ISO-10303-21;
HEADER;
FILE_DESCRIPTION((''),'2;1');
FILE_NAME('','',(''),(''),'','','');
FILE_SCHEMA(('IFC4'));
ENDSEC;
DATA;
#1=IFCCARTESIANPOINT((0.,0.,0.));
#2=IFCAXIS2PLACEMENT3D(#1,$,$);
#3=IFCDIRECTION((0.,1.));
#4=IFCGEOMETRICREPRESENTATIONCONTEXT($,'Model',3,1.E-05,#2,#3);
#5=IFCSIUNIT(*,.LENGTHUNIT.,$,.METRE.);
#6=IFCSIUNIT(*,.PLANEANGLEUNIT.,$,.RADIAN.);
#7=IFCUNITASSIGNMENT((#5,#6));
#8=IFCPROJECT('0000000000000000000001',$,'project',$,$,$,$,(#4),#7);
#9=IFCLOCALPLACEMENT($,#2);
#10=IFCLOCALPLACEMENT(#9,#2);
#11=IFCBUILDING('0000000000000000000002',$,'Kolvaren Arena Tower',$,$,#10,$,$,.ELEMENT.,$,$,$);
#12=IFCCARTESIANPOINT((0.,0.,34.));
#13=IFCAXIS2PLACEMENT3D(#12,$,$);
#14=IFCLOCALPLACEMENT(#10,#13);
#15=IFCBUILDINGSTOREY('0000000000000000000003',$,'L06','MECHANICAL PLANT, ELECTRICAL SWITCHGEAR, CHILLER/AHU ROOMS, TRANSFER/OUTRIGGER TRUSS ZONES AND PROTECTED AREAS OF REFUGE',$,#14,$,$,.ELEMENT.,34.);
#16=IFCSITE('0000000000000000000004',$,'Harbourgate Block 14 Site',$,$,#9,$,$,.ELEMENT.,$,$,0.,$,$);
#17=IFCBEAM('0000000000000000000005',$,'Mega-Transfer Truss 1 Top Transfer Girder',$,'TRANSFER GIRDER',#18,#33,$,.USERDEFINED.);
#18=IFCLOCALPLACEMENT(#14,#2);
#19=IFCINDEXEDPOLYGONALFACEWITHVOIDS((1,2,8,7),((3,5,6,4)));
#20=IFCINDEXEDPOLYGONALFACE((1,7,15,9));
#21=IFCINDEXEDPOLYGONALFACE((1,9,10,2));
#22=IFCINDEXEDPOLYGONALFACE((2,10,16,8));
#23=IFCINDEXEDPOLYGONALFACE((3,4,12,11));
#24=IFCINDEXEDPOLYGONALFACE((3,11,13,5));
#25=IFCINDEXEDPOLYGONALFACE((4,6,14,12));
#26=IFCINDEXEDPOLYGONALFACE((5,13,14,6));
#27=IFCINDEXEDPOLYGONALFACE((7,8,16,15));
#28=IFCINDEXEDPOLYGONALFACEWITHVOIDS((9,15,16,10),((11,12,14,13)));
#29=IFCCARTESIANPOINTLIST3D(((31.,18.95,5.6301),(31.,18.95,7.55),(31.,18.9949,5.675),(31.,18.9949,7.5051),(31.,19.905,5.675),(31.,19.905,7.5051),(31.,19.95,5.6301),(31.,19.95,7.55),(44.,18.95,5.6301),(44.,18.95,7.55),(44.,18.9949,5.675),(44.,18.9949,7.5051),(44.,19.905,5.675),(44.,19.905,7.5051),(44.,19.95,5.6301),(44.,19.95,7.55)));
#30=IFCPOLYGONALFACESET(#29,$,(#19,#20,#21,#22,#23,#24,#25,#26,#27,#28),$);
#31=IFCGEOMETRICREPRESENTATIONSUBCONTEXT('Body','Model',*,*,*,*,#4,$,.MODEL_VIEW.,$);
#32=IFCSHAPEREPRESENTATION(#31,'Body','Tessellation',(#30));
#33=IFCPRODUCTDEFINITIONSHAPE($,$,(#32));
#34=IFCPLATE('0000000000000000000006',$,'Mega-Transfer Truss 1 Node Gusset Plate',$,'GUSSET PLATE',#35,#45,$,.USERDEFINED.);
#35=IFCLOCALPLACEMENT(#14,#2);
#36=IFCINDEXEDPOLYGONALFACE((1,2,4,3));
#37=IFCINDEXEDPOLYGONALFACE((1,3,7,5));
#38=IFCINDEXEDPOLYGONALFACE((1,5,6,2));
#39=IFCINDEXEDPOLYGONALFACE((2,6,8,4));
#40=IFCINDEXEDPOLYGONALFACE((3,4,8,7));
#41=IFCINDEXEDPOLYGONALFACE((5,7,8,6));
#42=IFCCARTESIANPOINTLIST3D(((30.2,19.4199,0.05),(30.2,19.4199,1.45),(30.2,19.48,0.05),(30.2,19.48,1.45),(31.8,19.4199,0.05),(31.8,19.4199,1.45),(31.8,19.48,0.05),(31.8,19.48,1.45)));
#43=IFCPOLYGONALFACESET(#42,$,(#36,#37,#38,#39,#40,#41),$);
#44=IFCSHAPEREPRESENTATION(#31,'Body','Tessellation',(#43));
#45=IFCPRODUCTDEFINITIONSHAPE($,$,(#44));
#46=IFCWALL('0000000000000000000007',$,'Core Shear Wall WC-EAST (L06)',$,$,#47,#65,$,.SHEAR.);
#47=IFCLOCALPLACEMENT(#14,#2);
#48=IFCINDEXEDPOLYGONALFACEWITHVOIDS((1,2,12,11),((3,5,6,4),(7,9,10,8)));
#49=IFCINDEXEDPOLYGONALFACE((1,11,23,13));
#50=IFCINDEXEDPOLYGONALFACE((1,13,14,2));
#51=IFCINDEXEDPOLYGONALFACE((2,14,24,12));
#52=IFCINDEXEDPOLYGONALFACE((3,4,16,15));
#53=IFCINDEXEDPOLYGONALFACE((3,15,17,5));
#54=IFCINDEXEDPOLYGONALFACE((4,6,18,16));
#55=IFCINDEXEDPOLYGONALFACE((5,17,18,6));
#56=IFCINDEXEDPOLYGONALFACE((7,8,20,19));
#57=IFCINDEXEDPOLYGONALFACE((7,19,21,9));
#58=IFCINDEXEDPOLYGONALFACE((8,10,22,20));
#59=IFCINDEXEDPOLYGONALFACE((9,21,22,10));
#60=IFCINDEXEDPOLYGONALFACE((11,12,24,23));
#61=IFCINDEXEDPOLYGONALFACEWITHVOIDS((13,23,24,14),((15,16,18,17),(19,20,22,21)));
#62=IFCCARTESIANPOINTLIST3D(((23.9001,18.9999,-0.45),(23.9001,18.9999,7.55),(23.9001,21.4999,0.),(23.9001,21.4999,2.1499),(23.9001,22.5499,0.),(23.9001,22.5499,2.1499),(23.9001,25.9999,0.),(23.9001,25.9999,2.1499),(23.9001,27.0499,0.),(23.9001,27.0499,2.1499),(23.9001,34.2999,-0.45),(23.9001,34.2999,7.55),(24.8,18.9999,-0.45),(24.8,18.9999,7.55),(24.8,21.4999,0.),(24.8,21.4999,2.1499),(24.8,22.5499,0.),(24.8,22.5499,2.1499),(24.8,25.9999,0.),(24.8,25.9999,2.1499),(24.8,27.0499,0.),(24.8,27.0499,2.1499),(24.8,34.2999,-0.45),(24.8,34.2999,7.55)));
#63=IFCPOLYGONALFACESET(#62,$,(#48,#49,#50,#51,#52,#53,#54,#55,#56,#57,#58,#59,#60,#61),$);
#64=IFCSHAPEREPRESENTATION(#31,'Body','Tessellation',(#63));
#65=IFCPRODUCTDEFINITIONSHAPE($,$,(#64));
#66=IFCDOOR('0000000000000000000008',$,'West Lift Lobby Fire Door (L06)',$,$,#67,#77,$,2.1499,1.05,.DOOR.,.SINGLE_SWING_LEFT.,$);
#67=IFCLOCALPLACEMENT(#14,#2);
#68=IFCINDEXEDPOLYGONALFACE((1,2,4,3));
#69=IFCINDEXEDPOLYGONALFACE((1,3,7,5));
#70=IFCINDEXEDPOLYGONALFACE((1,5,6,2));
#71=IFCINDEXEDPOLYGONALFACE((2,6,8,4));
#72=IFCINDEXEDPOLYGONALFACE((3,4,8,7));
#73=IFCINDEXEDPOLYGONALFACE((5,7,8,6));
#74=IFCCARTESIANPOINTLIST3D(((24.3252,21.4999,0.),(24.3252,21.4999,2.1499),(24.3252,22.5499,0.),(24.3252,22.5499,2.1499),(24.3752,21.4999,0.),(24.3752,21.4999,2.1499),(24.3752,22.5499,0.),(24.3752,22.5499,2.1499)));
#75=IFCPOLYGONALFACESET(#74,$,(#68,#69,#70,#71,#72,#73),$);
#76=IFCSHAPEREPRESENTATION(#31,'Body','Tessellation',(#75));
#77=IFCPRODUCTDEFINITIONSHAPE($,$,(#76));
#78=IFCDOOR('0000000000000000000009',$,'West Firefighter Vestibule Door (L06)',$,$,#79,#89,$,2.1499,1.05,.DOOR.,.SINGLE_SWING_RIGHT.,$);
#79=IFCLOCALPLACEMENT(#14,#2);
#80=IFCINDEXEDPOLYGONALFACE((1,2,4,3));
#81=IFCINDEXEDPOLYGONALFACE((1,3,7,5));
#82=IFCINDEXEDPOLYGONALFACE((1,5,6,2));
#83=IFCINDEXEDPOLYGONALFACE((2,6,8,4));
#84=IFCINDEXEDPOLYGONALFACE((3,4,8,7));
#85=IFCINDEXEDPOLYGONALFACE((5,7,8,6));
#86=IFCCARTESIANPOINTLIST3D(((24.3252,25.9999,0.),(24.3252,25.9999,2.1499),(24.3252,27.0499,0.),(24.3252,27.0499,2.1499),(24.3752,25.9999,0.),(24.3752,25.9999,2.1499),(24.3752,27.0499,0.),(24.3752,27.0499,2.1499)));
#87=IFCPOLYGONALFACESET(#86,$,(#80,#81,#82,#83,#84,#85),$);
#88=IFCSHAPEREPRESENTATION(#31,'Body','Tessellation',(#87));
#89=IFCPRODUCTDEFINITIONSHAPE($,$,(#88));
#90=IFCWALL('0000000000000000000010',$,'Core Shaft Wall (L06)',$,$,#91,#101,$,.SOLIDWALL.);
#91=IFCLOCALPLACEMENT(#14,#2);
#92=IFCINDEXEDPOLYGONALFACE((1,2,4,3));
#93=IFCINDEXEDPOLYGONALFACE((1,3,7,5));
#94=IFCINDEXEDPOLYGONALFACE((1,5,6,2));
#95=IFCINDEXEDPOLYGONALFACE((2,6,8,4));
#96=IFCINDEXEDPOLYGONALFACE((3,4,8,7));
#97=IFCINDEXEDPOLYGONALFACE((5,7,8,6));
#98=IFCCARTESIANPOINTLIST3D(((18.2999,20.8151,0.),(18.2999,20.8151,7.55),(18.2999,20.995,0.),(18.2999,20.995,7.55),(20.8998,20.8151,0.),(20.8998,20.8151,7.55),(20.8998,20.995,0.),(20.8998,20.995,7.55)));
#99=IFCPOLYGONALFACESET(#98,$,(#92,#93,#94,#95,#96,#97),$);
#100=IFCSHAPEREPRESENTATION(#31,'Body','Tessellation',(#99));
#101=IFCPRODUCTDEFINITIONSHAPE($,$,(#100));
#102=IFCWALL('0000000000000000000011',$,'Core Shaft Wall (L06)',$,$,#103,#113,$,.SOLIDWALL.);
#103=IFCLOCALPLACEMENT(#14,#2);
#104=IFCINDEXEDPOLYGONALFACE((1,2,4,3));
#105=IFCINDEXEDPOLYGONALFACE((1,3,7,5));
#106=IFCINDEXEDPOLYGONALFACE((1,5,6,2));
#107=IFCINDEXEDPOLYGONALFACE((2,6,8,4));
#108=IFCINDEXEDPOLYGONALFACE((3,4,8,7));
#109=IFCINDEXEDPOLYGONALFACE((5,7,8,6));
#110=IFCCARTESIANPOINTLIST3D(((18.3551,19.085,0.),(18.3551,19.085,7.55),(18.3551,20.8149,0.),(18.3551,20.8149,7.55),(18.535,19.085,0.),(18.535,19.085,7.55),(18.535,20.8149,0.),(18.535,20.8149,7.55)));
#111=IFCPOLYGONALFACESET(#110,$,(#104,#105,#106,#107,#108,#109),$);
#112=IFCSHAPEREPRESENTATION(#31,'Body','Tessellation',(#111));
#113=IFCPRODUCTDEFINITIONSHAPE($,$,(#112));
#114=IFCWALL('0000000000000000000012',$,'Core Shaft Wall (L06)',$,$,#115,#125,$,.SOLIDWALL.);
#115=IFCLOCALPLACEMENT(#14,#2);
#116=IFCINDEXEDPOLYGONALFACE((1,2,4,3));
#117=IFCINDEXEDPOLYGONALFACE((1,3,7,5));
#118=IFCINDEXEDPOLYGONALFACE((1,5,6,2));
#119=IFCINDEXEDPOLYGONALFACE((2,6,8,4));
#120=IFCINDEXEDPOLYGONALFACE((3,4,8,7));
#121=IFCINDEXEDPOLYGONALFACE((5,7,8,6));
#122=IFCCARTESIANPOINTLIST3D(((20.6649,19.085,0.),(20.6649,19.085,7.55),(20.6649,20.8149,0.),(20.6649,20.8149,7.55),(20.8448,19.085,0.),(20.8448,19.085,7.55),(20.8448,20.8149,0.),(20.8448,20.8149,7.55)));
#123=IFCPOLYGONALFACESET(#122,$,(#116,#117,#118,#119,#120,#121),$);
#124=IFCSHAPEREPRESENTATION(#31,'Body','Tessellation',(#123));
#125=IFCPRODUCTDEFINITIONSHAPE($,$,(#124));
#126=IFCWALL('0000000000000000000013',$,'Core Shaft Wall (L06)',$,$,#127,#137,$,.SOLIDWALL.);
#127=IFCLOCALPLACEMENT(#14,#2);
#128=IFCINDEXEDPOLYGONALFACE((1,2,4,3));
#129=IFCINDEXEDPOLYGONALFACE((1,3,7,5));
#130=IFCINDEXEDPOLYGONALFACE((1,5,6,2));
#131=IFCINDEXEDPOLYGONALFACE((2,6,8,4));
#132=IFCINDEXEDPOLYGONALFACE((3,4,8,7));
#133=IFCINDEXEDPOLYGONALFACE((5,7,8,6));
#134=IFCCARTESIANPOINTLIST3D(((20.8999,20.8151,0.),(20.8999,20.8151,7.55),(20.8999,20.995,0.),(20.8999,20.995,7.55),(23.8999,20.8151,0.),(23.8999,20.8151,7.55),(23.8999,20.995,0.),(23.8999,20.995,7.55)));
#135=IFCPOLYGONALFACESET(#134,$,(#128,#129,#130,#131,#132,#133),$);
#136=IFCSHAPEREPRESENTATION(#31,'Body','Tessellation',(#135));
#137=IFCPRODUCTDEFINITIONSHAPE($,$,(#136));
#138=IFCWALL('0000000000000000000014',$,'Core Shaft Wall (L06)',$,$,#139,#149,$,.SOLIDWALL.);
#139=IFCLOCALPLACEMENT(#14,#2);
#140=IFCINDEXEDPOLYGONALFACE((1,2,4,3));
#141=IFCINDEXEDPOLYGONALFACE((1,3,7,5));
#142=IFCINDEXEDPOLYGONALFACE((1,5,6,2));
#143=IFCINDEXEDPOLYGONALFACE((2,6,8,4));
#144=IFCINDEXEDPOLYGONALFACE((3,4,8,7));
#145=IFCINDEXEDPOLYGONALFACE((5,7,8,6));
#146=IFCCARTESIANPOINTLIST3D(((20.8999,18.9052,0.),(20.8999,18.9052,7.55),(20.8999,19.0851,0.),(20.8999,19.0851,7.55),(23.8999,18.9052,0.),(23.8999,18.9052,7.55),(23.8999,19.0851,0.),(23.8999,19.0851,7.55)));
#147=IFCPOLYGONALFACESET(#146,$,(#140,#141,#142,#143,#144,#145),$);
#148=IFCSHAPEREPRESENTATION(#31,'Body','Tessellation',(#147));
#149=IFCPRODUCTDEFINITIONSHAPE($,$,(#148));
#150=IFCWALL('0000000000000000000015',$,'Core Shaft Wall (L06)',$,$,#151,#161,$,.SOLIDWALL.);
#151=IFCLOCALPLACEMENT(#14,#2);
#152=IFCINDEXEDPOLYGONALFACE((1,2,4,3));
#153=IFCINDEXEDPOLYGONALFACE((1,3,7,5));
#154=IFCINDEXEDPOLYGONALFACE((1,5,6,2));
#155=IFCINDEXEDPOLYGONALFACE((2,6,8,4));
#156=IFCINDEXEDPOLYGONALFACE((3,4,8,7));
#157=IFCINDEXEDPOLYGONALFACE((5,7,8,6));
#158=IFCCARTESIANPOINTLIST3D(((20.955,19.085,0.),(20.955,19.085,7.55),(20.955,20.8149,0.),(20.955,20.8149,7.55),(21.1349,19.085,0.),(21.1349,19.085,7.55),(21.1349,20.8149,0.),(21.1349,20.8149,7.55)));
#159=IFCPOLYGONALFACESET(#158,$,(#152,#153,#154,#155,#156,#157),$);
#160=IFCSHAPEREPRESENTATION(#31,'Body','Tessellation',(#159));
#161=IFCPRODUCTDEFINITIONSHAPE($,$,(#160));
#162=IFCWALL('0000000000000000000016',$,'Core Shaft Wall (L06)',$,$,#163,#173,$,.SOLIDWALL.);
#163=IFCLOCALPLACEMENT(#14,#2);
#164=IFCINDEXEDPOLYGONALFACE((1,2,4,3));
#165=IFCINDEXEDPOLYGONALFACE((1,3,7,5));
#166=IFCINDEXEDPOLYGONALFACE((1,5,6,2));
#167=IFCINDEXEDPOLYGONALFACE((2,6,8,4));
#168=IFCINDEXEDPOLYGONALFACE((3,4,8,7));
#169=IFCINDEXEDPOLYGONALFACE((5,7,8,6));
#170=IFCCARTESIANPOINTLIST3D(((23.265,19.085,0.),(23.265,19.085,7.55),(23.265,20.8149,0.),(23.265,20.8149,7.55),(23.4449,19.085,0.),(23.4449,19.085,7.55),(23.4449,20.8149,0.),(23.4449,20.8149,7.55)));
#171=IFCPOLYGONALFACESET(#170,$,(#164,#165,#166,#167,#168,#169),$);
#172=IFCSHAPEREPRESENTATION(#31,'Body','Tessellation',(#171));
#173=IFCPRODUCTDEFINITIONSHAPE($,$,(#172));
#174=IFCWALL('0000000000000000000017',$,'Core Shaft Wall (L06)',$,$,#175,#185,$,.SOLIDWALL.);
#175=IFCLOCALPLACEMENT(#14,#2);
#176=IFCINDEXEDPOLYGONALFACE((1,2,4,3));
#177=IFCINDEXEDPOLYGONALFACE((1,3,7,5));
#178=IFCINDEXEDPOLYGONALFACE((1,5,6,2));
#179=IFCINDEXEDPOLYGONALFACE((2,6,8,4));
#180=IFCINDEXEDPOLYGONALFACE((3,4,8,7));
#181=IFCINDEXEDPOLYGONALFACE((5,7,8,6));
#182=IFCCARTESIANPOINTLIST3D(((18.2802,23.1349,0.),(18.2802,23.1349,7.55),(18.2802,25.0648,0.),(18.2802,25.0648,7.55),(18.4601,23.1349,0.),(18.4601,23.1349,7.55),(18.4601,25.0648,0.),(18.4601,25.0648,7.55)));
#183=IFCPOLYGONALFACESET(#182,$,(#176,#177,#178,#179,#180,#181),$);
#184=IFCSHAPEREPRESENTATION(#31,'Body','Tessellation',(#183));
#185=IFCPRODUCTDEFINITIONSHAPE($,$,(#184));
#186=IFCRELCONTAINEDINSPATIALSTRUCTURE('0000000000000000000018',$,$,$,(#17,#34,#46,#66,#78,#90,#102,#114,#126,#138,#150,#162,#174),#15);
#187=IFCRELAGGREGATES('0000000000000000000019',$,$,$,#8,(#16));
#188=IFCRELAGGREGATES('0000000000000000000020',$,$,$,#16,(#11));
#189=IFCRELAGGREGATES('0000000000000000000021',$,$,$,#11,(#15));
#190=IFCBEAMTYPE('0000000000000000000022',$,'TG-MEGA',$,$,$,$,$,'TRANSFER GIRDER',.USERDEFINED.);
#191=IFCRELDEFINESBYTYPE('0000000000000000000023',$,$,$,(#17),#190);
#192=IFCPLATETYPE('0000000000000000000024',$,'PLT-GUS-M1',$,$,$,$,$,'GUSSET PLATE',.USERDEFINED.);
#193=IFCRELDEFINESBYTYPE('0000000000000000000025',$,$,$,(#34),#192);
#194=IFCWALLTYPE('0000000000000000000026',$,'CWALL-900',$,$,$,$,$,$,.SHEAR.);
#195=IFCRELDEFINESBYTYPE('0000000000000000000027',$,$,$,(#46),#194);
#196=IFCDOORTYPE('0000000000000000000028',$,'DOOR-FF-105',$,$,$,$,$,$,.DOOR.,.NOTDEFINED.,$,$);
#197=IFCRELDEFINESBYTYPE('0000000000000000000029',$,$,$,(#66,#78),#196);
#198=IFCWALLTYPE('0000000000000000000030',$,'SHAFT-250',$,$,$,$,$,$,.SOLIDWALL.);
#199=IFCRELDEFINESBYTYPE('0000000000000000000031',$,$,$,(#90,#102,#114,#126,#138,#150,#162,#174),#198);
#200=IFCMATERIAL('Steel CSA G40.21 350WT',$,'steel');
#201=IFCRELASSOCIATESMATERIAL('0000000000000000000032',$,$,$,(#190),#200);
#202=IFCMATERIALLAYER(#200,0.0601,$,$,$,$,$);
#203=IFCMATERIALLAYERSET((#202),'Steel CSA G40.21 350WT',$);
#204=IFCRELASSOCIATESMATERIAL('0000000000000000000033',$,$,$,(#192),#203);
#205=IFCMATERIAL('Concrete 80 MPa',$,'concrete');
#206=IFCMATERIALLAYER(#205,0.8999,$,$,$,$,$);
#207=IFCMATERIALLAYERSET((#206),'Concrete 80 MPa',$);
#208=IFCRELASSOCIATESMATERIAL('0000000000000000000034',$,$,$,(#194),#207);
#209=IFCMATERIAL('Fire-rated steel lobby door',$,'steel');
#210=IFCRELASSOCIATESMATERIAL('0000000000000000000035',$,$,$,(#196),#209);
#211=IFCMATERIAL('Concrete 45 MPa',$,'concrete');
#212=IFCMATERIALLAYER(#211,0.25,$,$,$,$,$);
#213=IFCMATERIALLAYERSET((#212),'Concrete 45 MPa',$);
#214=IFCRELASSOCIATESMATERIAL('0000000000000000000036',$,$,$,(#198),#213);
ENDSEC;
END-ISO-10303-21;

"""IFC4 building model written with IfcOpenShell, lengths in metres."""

from ifc_helpers import new_model, si_unit, direction, frame, frame_2d, origin, origin_2d, place, context, subcontext, project, spatial, rectangle, hollow_rectangle, extrude, material, layer, layer_set, material_profile, profile_set, type_object, element, fill, save


model = new_model("IFC4")

# Units and contexts
model_context = context("Model", 3, precision=1e-05, world=origin(), true_north=direction((0.0, 1.0)))
body_context = subcontext(model_context, "Body", "Model", "MODEL_VIEW")
ifc_project = project(units=[si_unit("LENGTHUNIT", "METRE"), si_unit("PLANEANGLEUNIT", "RADIAN")], contexts=[model_context])

# Site, building, storey
site_placement = place(None, origin())
site = spatial("IfcSite", under=ifc_project, at=site_placement, Name="Harbourgate Block 14 Site", CompositionType="ELEMENT", RefElevation=0.0)
building_placement = place(site_placement, origin())
building = spatial("IfcBuilding", under=site, at=building_placement, Name="Kolvaren Arena Tower", CompositionType="ELEMENT")
storey_placement = place(building_placement, frame((0.0, 0.0, 34.0)))
storey = spatial("IfcBuildingStorey", under=building, at=storey_placement, Name="L06", Description="MECHANICAL PLANT, ELECTRICAL SWITCHGEAR, CHILLER/AHU ROOMS, TRANSFER/OUTRIGGER TRUSS ZONES AND PROTECTED AREAS OF REFUGE", CompositionType="ELEMENT", Elevation=34.0)

# Shared definitions
ifc_material_1 = material(Name="Concrete 80 MPa", Category="concrete")

# Beam
ifc_material_2 = material(Name="Steel CSA G40.21 350WT", Category="steel")
ifc_material_profile_1 = material_profile(ifc_material_2, hollow_rectangle(XDim=1.0, YDim=1.9199, WallThickness=0.0449, at=origin_2d()), Name="BOX 1000x1920x45")
ifc_profile_set_1 = profile_set([ifc_material_profile_1], Name="Steel CSA G40.21 350WT")
beam_type_1 = type_object("IfcBeamType", Name="TG-MEGA", ElementType="TRANSFER GIRDER", PredefinedType="USERDEFINED", material=ifc_profile_set_1)
beam_1_placement = place(storey_placement, frame((31.0, 19.45, 6.5901), z_axis=(1.0, 0.0, 0.0), x_axis=(0.0, 1.0, 0.0)))
element("IfcBeam", 1, at=beam_1_placement, inside=storey, type_object=beam_type_1, Name="Mega-Transfer Truss 1 Top Transfer Girder", ObjectType="TRANSFER GIRDER", PredefinedType="USERDEFINED", context=body_context, shape_type="SweptSolid", body=[
    extrude(hollow_rectangle(XDim=1.0, YDim=1.9199, WallThickness=0.0449, at=origin_2d()), origin(), (0.0, 0.0, 1.0), 13.0),
])

# Plate
ifc_layer_1 = layer(ifc_material_2, 0.0601)
ifc_layer_set_1 = layer_set([ifc_layer_1], Name="Steel CSA G40.21 350WT")
plate_type = type_object("IfcPlateType", Name="PLT-GUS-M1", ElementType="GUSSET PLATE", PredefinedType="USERDEFINED", material=ifc_layer_set_1)
plate_placement = place(storey_placement, frame((31.0, 19.45, 0.05), z_axis=(0.0, 0.0, 1.0), x_axis=(1.0, 0.0, 0.0)))
element("IfcPlate", 2, at=plate_placement, inside=storey, type_object=plate_type, Name="Mega-Transfer Truss 1 Node Gusset Plate", ObjectType="GUSSET PLATE", PredefinedType="USERDEFINED", context=body_context, shape_type="SweptSolid", body=[
    extrude(rectangle(XDim=1.6001, YDim=0.0601, at=origin_2d()), origin(), (0.0, 0.0, 1.0), 1.3999),
])

# Wall, openings, doors
ifc_layer_2 = layer(ifc_material_1, 0.8999)
ifc_layer_set_2 = layer_set([ifc_layer_2], Name="Concrete 80 MPa")
wall_type_1 = type_object("IfcWallType", Name="CWALL-900", PredefinedType="SHEAR", material=ifc_layer_set_2)
wall_1_placement = place(storey_placement, frame((24.3501, 19.0, -0.45), z_axis=(0.0, 0.0, 1.0), x_axis=(0.0, 1.0, 0.0)))
wall_1 = element("IfcWall", 3, at=wall_1_placement, inside=storey, type_object=wall_type_1, Name="Core Shear Wall WC-EAST (L06)", PredefinedType="SHEAR", context=body_context, shape_type="SweptSolid", body=[
    extrude(rectangle(XDim=15.3, YDim=0.8999, at=frame_2d((7.6499, 0.0))), origin(), (0.0, 0.0, 1.0), 8.0),
])
opening_1_placement = place(wall_1_placement, frame((2.5, 0.0, 0.45)))
opening_1 = element("IfcOpeningElement", 4, at=opening_1_placement, cuts=wall_1, PredefinedType="OPENING", context=body_context, shape_type="SweptSolid", body=[
    extrude(rectangle(XDim=1.05, YDim=2.1499, at=frame_2d((0.5249, 1.075))), frame((0.0, 0.46, 0.0), z_axis=(0.0, -1.0, 0.0), x_axis=(1.0, 0.0, 0.0)), (0.0, 0.0, 1.0), 0.9199),
])
opening_2_placement = place(wall_1_placement, frame((7.0, 0.0, 0.45)))
opening_2 = element("IfcOpeningElement", 5, at=opening_2_placement, cuts=wall_1, PredefinedType="OPENING", context=body_context, shape_type="SweptSolid", body=[
    extrude(rectangle(XDim=1.05, YDim=2.1499, at=frame_2d((0.5249, 1.075))), frame((0.0, 0.46, 0.0), z_axis=(0.0, -1.0, 0.0), x_axis=(1.0, 0.0, 0.0)), (0.0, 0.0, 1.0), 0.9199),
])
ifc_material_3 = material(Name="Fire-rated steel lobby door", Category="steel")
door_type = type_object("IfcDoorType", Name="DOOR-FF-105", OperationType="NOTDEFINED", PredefinedType="DOOR", material=ifc_material_3)
door_1_placement = place(opening_1_placement, origin())
door_1 = element("IfcDoor", 6, at=door_1_placement, inside=storey, type_object=door_type, Name="West Lift Lobby Fire Door (L06)", OperationType="SINGLE_SWING_LEFT", OverallHeight=2.1499, OverallWidth=1.05, PredefinedType="DOOR", context=body_context, shape_type="SweptSolid", body=[
    extrude(rectangle(XDim=1.05, YDim=2.1499, at=frame_2d((0.5249, 1.075))), frame((0.0, 0.0249, 0.0), z_axis=(0.0, -1.0, 0.0), x_axis=(1.0, 0.0, 0.0)), (0.0, 0.0, 1.0), 0.05),
])
fill(opening_1, door_1)
door_2_placement = place(opening_2_placement, origin())
door_2 = element("IfcDoor", 7, at=door_2_placement, inside=storey, type_object=door_type, Name="West Firefighter Vestibule Door (L06)", OperationType="SINGLE_SWING_RIGHT", OverallHeight=2.1499, OverallWidth=1.05, PredefinedType="DOOR", context=body_context, shape_type="SweptSolid", body=[
    extrude(rectangle(XDim=1.05, YDim=2.1499, at=frame_2d((0.5249, 1.075))), frame((0.0, 0.0249, 0.0), z_axis=(0.0, -1.0, 0.0), x_axis=(1.0, 0.0, 0.0)), (0.0, 0.0, 1.0), 0.05),
])
fill(opening_2, door_2)

# Walls
ifc_material_4 = material(Name="Concrete 45 MPa", Category="concrete")
ifc_layer_3 = layer(ifc_material_4, 0.25)
ifc_layer_set_3 = layer_set([ifc_layer_3], Name="Concrete 45 MPa")
wall_type_2 = type_object("IfcWallType", Name="SHAFT-250", PredefinedType="SOLIDWALL", material=ifc_layer_set_3)
wall_2_placement = place(storey_placement, frame((18.3, 20.905, 0.0), z_axis=(0.0, 0.0, 1.0), x_axis=(1.0, 0.0, 0.0)))
element("IfcWall", 8, at=wall_2_placement, inside=storey, type_object=wall_type_2, Name="Core Shaft Wall (L06)", PredefinedType="SOLIDWALL", context=body_context, shape_type="SweptSolid", body=[
    extrude(rectangle(XDim=2.5999, YDim=0.1799, at=frame_2d((1.2998, 0.0))), origin(), (0.0, 0.0, 1.0), 7.55),
])
for number, where, z_axis, x_axis, name in (
    (9, (18.4451, 19.085, 0.0), (0.0, 0.0, 1.0), (0.0, 1.0, 0.0), "Core Shaft Wall (L06)"),
    (10, (20.7549, 19.085, 0.0), (0.0, 0.0, 1.0), (0.0, 1.0, 0.0), "Core Shaft Wall (L06)"),
):
    element("IfcWall", number, at=place(storey_placement, frame(where, z_axis=z_axis, x_axis=x_axis)), inside=storey, type_object=wall_type_2, Name=name, PredefinedType="SOLIDWALL", context=body_context, shape_type="SweptSolid", body=[
        extrude(rectangle(XDim=1.73, YDim=0.1799, at=frame_2d((0.865, 0.0))), origin(), (0.0, 0.0, 1.0), 7.55),
    ])
for number, where, z_axis, x_axis, name in (
    (11, (20.8999, 20.905, 0.0), (0.0, 0.0, 1.0), (1.0, 0.0, 0.0), "Core Shaft Wall (L06)"),
    (12, (20.8999, 18.9951, 0.0), (0.0, 0.0, 1.0), (1.0, 0.0, 0.0), "Core Shaft Wall (L06)"),
):
    element("IfcWall", number, at=place(storey_placement, frame(where, z_axis=z_axis, x_axis=x_axis)), inside=storey, type_object=wall_type_2, Name=name, PredefinedType="SOLIDWALL", context=body_context, shape_type="SweptSolid", body=[
        extrude(rectangle(XDim=3.0, YDim=0.1799, at=frame_2d((1.5, 0.0))), origin(), (0.0, 0.0, 1.0), 7.55),
    ])
for number, where, z_axis, x_axis, name in (
    (13, (21.0449, 19.085, 0.0), (0.0, 0.0, 1.0), (0.0, 1.0, 0.0), "Core Shaft Wall (L06)"),
    (14, (23.355, 19.085, 0.0), (0.0, 0.0, 1.0), (0.0, 1.0, 0.0), "Core Shaft Wall (L06)"),
):
    element("IfcWall", number, at=place(storey_placement, frame(where, z_axis=z_axis, x_axis=x_axis)), inside=storey, type_object=wall_type_2, Name=name, PredefinedType="SOLIDWALL", context=body_context, shape_type="SweptSolid", body=[
        extrude(rectangle(XDim=1.73, YDim=0.1799, at=frame_2d((0.865, 0.0))), origin(), (0.0, 0.0, 1.0), 7.55),
    ])
for number, where, z_axis, x_axis, name in (
    (15, (18.3701, 23.135, 0.0), (0.0, 0.0, 1.0), (0.0, 1.0, 0.0), "Core Shaft Wall (L06)"),
):
    element("IfcWall", number, at=place(storey_placement, frame(where, z_axis=z_axis, x_axis=x_axis)), inside=storey, type_object=wall_type_2, Name=name, PredefinedType="SOLIDWALL", context=body_context, shape_type="SweptSolid", body=[
        extrude(rectangle(XDim=1.9299, YDim=0.1799, at=frame_2d((0.9648, 0.0))), origin(), (0.0, 0.0, 1.0), 7.55),
    ])

save(model, "model.ifc")
